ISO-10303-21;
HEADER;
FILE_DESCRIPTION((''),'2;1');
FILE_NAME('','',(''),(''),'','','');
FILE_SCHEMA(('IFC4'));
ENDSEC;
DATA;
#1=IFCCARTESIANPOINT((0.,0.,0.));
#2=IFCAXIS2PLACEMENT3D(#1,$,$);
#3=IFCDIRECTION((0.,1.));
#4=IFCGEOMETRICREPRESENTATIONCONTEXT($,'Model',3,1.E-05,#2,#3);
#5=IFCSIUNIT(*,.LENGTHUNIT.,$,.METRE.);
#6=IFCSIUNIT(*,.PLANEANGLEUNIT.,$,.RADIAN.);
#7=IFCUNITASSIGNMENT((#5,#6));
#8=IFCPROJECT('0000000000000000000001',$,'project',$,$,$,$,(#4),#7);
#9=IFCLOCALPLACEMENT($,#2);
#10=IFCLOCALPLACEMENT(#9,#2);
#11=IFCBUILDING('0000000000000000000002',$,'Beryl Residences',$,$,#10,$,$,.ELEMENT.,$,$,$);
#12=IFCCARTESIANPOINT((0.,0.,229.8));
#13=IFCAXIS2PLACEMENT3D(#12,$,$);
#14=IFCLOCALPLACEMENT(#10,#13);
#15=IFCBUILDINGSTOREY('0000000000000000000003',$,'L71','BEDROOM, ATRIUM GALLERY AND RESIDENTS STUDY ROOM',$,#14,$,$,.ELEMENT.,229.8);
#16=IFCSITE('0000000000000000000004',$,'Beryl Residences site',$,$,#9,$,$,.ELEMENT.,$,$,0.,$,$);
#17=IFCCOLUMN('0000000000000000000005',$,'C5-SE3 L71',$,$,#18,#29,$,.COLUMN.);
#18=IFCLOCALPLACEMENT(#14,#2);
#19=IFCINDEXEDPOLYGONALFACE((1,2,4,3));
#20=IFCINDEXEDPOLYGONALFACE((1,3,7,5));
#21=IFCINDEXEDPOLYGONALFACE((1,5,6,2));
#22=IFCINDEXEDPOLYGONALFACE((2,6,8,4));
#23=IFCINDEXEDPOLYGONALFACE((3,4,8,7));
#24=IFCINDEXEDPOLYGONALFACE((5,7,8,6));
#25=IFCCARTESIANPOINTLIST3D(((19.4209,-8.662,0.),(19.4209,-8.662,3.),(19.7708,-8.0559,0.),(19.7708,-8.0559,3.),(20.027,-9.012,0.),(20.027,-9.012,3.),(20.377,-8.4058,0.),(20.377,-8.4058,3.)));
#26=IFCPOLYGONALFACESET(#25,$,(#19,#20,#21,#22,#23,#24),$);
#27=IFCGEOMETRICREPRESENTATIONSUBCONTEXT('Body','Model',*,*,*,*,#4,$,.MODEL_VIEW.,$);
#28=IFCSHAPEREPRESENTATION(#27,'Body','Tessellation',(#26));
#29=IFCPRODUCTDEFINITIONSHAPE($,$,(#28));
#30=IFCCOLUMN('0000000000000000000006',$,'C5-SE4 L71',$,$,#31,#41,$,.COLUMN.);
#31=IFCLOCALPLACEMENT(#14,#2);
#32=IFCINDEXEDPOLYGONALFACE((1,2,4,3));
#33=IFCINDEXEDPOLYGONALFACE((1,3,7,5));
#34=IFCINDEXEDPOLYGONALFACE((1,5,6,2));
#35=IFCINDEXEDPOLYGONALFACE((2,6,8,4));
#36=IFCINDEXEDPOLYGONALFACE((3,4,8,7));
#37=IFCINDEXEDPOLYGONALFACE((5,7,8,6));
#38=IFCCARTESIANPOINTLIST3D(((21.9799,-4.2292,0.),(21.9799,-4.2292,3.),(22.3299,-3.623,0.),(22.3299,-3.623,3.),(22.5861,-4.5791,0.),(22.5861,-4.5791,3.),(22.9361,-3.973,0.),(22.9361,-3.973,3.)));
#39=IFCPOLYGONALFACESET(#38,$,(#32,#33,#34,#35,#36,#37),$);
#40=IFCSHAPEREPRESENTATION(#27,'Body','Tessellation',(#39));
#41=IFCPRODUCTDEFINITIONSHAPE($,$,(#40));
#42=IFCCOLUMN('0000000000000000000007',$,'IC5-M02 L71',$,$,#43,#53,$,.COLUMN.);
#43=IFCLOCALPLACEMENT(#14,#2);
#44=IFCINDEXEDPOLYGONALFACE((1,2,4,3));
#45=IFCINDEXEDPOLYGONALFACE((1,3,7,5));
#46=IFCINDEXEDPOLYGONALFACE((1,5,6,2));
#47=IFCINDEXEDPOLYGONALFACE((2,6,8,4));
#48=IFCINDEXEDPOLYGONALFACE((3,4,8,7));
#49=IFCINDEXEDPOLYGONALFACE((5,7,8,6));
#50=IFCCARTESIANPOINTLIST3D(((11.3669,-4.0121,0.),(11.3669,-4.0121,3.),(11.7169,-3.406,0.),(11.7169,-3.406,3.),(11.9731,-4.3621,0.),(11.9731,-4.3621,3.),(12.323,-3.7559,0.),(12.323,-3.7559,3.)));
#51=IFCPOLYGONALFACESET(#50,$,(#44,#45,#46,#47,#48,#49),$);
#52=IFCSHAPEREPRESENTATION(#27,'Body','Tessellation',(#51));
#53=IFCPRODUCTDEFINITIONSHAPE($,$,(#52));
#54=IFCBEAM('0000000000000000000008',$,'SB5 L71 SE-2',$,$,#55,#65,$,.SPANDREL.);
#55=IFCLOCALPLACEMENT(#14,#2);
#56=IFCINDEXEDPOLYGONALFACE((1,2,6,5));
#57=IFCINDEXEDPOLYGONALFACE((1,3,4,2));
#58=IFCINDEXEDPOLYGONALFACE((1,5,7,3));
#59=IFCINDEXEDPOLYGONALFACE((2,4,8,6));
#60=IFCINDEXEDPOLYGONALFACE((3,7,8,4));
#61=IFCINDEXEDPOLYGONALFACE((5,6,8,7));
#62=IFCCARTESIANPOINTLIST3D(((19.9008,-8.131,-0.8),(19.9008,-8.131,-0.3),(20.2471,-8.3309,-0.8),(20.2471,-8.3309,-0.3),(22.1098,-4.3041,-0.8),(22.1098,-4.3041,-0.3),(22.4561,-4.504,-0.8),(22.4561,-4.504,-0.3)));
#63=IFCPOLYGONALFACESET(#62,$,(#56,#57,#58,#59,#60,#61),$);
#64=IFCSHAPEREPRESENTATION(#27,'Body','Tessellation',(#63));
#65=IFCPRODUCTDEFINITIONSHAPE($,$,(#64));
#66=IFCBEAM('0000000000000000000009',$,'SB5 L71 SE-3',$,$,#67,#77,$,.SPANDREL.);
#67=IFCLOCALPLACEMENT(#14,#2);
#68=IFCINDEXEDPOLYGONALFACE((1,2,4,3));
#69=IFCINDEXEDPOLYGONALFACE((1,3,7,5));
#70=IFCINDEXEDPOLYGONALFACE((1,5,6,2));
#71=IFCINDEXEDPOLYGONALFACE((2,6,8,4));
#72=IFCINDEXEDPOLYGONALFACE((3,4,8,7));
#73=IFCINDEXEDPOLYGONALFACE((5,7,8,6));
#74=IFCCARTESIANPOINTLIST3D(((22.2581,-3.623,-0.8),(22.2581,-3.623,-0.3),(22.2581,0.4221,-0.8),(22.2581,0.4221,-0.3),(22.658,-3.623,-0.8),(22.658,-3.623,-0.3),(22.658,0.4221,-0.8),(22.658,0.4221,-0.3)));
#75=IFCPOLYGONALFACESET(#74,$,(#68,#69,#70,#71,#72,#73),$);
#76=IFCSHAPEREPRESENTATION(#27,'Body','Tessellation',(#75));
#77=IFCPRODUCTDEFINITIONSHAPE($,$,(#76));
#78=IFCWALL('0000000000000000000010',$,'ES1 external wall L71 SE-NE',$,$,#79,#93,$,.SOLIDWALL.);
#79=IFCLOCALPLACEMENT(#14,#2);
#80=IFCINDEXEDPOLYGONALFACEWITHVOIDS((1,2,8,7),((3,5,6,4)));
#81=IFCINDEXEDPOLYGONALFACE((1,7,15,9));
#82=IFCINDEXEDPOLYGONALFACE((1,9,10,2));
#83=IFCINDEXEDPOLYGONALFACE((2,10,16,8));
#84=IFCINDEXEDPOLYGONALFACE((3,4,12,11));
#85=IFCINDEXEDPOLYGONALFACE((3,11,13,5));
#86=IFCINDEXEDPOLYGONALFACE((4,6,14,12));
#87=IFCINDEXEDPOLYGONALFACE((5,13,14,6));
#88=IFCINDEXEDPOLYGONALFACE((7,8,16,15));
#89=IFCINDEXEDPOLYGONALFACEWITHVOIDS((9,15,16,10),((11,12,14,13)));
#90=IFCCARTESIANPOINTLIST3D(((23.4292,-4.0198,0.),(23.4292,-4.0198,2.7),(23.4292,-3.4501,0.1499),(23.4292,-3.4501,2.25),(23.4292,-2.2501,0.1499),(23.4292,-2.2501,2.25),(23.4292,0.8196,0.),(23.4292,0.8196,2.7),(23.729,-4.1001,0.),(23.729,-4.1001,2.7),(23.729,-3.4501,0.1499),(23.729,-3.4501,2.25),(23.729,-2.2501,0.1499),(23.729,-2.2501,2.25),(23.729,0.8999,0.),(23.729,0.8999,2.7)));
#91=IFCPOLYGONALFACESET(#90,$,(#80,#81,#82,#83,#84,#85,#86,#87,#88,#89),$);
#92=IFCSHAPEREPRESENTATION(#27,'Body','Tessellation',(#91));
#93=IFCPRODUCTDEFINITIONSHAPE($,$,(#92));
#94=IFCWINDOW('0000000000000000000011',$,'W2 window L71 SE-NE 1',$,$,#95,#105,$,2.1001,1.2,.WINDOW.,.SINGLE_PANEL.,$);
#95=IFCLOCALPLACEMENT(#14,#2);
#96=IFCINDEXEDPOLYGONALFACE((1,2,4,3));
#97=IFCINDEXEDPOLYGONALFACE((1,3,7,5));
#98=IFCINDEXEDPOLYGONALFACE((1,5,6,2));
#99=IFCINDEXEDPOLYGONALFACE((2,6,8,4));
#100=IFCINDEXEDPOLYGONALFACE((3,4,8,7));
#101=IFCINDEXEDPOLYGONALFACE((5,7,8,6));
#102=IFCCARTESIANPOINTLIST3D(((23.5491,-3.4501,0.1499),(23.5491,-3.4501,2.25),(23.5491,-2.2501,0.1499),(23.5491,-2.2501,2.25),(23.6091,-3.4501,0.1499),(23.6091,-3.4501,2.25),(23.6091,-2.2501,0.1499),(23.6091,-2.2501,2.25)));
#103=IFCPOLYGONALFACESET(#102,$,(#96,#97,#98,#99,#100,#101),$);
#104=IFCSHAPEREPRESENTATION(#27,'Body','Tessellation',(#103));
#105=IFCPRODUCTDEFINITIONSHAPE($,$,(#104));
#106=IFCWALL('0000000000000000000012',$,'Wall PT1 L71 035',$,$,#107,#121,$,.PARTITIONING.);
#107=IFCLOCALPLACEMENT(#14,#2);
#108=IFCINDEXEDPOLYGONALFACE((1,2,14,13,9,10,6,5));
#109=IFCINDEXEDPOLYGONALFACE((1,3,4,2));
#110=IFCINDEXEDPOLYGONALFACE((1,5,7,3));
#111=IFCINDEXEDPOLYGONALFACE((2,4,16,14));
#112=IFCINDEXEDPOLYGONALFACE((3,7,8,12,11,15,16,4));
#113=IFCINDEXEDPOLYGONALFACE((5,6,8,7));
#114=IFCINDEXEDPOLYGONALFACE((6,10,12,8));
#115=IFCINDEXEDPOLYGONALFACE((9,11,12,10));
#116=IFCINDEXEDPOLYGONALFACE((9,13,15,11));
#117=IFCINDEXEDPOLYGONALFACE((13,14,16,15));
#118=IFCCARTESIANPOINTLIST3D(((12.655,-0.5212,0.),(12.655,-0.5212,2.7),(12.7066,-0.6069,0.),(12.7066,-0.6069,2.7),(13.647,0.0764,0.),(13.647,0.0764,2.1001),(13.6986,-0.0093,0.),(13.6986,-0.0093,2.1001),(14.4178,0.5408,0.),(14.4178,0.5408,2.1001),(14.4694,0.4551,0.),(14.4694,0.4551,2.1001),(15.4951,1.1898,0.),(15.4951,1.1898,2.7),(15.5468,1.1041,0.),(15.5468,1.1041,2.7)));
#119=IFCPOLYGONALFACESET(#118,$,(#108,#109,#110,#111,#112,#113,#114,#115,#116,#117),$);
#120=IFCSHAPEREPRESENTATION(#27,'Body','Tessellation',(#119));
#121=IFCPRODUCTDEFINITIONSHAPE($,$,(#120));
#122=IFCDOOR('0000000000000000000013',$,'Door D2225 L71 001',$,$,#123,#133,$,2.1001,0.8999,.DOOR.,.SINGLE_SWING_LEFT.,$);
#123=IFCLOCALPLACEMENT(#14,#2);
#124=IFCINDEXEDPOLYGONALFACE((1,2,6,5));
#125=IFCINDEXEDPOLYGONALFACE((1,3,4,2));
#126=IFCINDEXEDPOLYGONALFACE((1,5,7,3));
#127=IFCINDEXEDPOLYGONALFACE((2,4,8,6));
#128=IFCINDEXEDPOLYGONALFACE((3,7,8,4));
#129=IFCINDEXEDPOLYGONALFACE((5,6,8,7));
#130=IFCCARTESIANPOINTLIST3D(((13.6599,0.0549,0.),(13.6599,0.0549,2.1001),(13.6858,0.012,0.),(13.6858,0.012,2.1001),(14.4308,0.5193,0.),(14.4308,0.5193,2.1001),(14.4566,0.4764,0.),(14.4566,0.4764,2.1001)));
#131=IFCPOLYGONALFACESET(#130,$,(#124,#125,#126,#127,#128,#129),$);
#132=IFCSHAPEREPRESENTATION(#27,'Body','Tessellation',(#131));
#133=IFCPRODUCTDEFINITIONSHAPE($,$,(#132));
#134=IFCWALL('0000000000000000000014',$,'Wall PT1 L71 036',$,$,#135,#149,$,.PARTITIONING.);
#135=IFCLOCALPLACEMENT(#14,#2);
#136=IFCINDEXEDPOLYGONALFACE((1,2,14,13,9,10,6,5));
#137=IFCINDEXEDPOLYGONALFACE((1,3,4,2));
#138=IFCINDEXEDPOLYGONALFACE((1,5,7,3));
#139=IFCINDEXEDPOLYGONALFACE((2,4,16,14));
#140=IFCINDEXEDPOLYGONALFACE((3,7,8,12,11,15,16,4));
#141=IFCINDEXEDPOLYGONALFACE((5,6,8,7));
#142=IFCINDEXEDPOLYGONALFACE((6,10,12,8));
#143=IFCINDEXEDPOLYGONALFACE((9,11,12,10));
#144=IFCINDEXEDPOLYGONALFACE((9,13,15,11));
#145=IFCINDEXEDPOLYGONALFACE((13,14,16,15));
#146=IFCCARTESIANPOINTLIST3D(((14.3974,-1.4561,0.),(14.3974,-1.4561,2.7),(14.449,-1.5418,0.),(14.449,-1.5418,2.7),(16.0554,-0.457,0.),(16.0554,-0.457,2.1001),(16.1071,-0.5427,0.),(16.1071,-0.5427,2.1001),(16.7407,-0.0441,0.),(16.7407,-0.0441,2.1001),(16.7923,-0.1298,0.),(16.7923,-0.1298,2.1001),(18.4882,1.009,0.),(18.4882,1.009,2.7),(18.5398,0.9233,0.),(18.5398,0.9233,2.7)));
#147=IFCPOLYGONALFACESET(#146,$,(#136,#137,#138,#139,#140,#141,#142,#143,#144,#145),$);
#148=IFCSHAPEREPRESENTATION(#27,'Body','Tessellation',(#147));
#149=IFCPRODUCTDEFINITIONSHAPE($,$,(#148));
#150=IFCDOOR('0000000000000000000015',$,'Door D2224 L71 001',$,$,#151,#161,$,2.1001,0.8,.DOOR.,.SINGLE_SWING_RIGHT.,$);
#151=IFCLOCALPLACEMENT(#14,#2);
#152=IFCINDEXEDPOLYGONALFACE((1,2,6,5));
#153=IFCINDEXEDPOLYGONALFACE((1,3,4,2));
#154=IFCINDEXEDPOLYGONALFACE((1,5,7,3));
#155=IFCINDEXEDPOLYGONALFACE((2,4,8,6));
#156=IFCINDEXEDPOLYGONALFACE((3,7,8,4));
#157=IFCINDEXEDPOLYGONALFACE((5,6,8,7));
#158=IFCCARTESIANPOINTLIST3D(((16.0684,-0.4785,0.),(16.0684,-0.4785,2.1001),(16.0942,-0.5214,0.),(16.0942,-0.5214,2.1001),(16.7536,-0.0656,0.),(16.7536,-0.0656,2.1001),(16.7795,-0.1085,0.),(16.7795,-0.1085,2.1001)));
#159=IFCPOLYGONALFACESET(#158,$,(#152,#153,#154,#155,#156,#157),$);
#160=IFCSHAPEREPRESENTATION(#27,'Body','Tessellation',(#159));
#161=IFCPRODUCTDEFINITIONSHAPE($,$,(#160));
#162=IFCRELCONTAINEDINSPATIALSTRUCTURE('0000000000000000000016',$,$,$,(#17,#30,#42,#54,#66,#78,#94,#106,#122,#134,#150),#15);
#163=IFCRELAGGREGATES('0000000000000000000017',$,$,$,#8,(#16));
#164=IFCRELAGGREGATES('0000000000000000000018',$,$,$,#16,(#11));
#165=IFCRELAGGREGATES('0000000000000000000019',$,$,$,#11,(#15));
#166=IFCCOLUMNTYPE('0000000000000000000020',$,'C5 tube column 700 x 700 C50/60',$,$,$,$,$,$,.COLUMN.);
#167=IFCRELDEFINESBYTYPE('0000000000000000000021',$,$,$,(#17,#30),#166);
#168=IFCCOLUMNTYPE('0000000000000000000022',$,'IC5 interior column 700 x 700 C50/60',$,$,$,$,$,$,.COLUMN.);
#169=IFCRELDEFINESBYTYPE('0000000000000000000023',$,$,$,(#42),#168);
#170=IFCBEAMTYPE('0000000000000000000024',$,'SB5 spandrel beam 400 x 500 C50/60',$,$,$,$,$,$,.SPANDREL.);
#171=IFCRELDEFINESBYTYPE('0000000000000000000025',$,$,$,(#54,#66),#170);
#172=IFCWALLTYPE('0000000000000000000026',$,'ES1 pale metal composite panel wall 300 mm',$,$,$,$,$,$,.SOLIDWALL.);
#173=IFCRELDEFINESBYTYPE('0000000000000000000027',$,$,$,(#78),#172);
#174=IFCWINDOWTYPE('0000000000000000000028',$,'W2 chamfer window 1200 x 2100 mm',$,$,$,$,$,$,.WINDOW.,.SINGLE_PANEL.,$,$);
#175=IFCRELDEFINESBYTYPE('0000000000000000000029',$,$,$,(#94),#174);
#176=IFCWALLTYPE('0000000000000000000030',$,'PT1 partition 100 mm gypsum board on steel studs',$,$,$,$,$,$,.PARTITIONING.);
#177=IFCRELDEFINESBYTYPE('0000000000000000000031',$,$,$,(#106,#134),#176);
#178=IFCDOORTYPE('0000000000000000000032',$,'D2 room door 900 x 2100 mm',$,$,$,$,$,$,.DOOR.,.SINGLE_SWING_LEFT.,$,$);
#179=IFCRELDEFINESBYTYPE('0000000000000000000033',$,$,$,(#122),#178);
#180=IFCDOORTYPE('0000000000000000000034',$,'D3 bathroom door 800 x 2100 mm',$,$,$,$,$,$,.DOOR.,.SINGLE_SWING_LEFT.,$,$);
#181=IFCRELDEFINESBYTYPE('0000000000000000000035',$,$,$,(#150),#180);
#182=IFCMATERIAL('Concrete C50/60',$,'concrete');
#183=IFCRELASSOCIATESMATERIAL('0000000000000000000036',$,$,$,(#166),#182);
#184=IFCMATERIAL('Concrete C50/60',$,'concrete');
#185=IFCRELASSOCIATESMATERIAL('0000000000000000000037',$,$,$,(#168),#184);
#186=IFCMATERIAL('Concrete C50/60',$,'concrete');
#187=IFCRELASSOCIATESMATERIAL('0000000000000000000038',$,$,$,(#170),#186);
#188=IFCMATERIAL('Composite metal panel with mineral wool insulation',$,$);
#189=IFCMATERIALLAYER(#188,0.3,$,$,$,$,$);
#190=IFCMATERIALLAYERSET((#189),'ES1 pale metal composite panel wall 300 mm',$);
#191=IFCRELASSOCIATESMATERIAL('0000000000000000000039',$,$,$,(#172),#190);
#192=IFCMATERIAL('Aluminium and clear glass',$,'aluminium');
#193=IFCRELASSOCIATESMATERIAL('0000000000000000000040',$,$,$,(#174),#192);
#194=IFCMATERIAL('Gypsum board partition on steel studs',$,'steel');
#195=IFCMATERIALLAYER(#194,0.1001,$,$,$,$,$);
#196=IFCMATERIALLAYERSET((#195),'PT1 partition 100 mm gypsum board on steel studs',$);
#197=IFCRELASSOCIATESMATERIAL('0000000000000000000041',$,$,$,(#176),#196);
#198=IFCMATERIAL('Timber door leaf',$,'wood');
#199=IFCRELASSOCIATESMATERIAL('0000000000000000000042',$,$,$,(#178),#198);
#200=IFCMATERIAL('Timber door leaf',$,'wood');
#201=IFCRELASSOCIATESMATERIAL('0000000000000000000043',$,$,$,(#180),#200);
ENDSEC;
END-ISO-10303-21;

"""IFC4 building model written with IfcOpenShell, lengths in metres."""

from ifc_helpers import new_model, si_unit, direction, frame, frame_2d, origin, origin_2d, place, context, subcontext, project, spatial, polyline, rectangle, outline, extrude, material, layer, layer_set, material_profile, profile_set, type_object, element, fill, save


model = new_model("IFC4")

# Units and contexts
model_context = context("Model", 3, precision=1e-05, world=origin(), true_north=direction((0.0, 1.0)))
body_context = subcontext(model_context, "Body", "Model", "MODEL_VIEW")
ifc_project = project(units=[si_unit("LENGTHUNIT", "METRE"), si_unit("PLANEANGLEUNIT", "RADIAN")], contexts=[model_context])

# Site, building, storey
site_placement = place(None, origin())
site = spatial("IfcSite", under=ifc_project, at=site_placement, Name="Beryl Residences site", CompositionType="ELEMENT", RefElevation=0.0)
building_placement = place(site_placement, origin())
building = spatial("IfcBuilding", under=site, at=building_placement, Name="Beryl Residences", CompositionType="ELEMENT")
storey_placement = place(building_placement, frame((0.0, 0.0, 229.8)))
storey = spatial("IfcBuildingStorey", under=building, at=storey_placement, Name="L71", Description="BEDROOM, ATRIUM GALLERY AND RESIDENTS STUDY ROOM", CompositionType="ELEMENT", Elevation=229.8)

# Columns
ifc_material_1 = material(Name="Concrete C50/60", Category="concrete")
ifc_material_profile_1 = material_profile(ifc_material_1, rectangle(XDim=0.7, YDim=0.7, at=origin_2d()))
ifc_profile_set_1 = profile_set([ifc_material_profile_1], Name="Concrete C50/60")
column_type_1 = type_object("IfcColumnType", Name="C5 tube column 700 x 700 C50/60", PredefinedType="COLUMN", material=ifc_profile_set_1)
for number, where, z_axis, x_axis, name in (
    (1, (19.8989, -8.5339, 0.0), (0.0, 0.0, 1.0), (0.499985, 0.866034, 0.0), "C5-SE3 L71"),
    (2, (22.458, -4.1011, 0.0), (0.0, 0.0, 1.0), (0.499985, 0.866034, 0.0), "C5-SE4 L71"),
):
    element("IfcColumn", number, at=place(storey_placement, frame(where, z_axis=z_axis, x_axis=x_axis)), inside=storey, type_object=column_type_1, Name=name, PredefinedType="COLUMN", context=body_context, shape_type="SweptSolid", body=[
        extrude(rectangle(XDim=0.7, YDim=0.7, at=origin_2d()), origin(), (0.0, 0.0, 1.0), 3.0),
    ])
ifc_material_2 = material(Name="Concrete C50/60", Category="concrete")
ifc_material_profile_2 = material_profile(ifc_material_2, rectangle(XDim=0.7, YDim=0.7, at=origin_2d()))
ifc_profile_set_2 = profile_set([ifc_material_profile_2], Name="Concrete C50/60")
column_type_2 = type_object("IfcColumnType", Name="IC5 interior column 700 x 700 C50/60", PredefinedType="COLUMN", material=ifc_profile_set_2)
column_placement = place(storey_placement, frame((11.845, -3.884, 0.0), z_axis=(0.0, 0.0, 1.0), x_axis=(0.499985, 0.866034, 0.0)))
element("IfcColumn", 3, at=column_placement, inside=storey, type_object=column_type_2, Name="IC5-M02 L71", PredefinedType="COLUMN", context=body_context, shape_type="SweptSolid", body=[
    extrude(rectangle(XDim=0.7, YDim=0.7, at=origin_2d()), origin(), (0.0, 0.0, 1.0), 3.0),
])

# Beams
ifc_material_3 = material(Name="Concrete C50/60", Category="concrete")
ifc_material_profile_3 = material_profile(ifc_material_3, rectangle(XDim=0.3999, YDim=0.5, at=origin_2d()))
ifc_profile_set_3 = profile_set([ifc_material_profile_3], Name="Concrete C50/60")
beam_type = type_object("IfcBeamType", Name="SB5 spandrel beam 400 x 500 C50/60", PredefinedType="SPANDREL", material=ifc_profile_set_3)
beam_1_placement = place(storey_placement, frame((20.074, -8.231, -0.55), z_axis=(0.499919, 0.866072, 0.0), x_axis=(-0.866072, 0.499919, 0.0)))
element("IfcBeam", 4, at=beam_1_placement, inside=storey, type_object=beam_type, Name="SB5 L71 SE-2", PredefinedType="SPANDREL", context=body_context, shape_type="SweptSolid", body=[
    extrude(rectangle(XDim=0.3999, YDim=0.5, at=origin_2d()), origin(), (0.0, 0.0, 1.0), 4.4187),
])
beam_2_placement = place(storey_placement, frame((22.458, -3.623, -0.55), z_axis=(0.0, 1.0, 0.0), x_axis=(-1.0, 0.0, 0.0)))
element("IfcBeam", 5, at=beam_2_placement, inside=storey, type_object=beam_type, Name="SB5 L71 SE-3", PredefinedType="SPANDREL", context=body_context, shape_type="SweptSolid", body=[
    extrude(rectangle(XDim=0.3999, YDim=0.5, at=origin_2d()), origin(), (0.0, 0.0, 1.0), 4.0452),
])

# Wall, opening, window
ifc_material_4 = material(Name="Composite metal panel with mineral wool insulation")
ifc_layer_1 = layer(ifc_material_4, 0.3)
ifc_layer_set_1 = layer_set([ifc_layer_1], Name="ES1 pale metal composite panel wall 300 mm")
wall_type_1 = type_object("IfcWallType", Name="ES1 pale metal composite panel wall 300 mm", PredefinedType="SOLIDWALL", material=ifc_layer_set_1)
wall_1_placement = place(storey_placement, frame((23.5791, -4.1001, 0.0), z_axis=(0.0, 0.0, 1.0), x_axis=(0.0, 1.0, 0.0)))
wall_1 = element("IfcWall", 6, at=wall_1_placement, inside=storey, type_object=wall_type_1, Name="ES1 external wall L71 SE-NE", PredefinedType="SOLIDWALL", context=body_context, shape_type="SweptSolid", body=[
    extrude(outline(polyline([(0.0, -0.1499), (5.0, -0.1499), (4.9197, 0.1499), (0.0803, 0.1499), (0.0, -0.1499)])), origin(), (0.0, 0.0, 1.0), 2.7),
])
opening_1_placement = place(wall_1_placement, frame((0.6499, 0.0, 0.1499)))
opening_1 = element("IfcOpeningElement", 7, at=opening_1_placement, cuts=wall_1, PredefinedType="OPENING", context=body_context, shape_type="SweptSolid", body=[
    extrude(rectangle(XDim=1.2, YDim=2.1001, at=frame_2d((0.6001, 1.05))), frame((0.0, 0.1599, 0.0), z_axis=(0.0, -1.0, 0.0), x_axis=(1.0, 0.0, 0.0)), (0.0, 0.0, 1.0), 0.3201),
])
ifc_material_5 = material(Name="Aluminium and clear glass", Category="aluminium")
window_type = type_object("IfcWindowType", Name="W2 chamfer window 1200 x 2100 mm", PartitioningType="SINGLE_PANEL", PredefinedType="WINDOW", material=ifc_material_5)
window_placement = place(opening_1_placement, origin())
window = element("IfcWindow", 8, at=window_placement, inside=storey, type_object=window_type, Name="W2 window L71 SE-NE 1", OverallHeight=2.1001, OverallWidth=1.2, PartitioningType="SINGLE_PANEL", PredefinedType="WINDOW", context=body_context, shape_type="SweptSolid", body=[
    extrude(rectangle(XDim=1.2, YDim=2.1001, at=frame_2d((0.6001, 1.05))), frame((0.0, 0.03, 0.0), z_axis=(0.0, -1.0, 0.0), x_axis=(1.0, 0.0, 0.0)), (0.0, 0.0, 1.0), 0.0601),
])
fill(opening_1, window)

# Walls, openings, doors
ifc_material_6 = material(Name="Gypsum board partition on steel studs", Category="steel")
ifc_layer_2 = layer(ifc_material_6, 0.1001)
ifc_layer_set_2 = layer_set([ifc_layer_2], Name="PT1 partition 100 mm gypsum board on steel studs")
wall_type_2 = type_object("IfcWallType", Name="PT1 partition 100 mm gypsum board on steel studs", PredefinedType="PARTITIONING", material=ifc_layer_set_2)
wall_2_placement = place(storey_placement, frame((12.6809, -0.564, 0.0), z_axis=(0.0, 0.0, 1.0), x_axis=(0.856575, 0.516022, 0.0)))
wall_2 = element("IfcWall", 9, at=wall_2_placement, inside=storey, type_object=wall_type_2, Name="Wall PT1 L71 035", PredefinedType="PARTITIONING", context=body_context, shape_type="SweptSolid", body=[
    extrude(rectangle(XDim=3.3157, YDim=0.1001, at=frame_2d((1.6577, 0.0))), origin(), (0.0, 0.0, 1.0), 2.7),
])
opening_2_placement = place(wall_2_placement, frame((1.158, 0.0, 0.0)))
opening_2 = element("IfcOpeningElement", 10, at=opening_2_placement, cuts=wall_2, PredefinedType="OPENING", context=body_context, shape_type="SweptSolid", body=[
    extrude(rectangle(XDim=0.8999, YDim=2.1001, at=frame_2d((0.45, 1.05))), frame((0.0, 0.0601, 0.0), z_axis=(0.0, -1.0, 0.0), x_axis=(1.0, 0.0, 0.0)), (0.0, 0.0, 1.0), 0.1201),
])
ifc_material_7 = material(Name="Timber door leaf", Category="wood")
door_type_1 = type_object("IfcDoorType", Name="D2 room door 900 x 2100 mm", OperationType="SINGLE_SWING_LEFT", PredefinedType="DOOR", material=ifc_material_7)
door_1_placement = place(opening_2_placement, origin())
door_1 = element("IfcDoor", 11, at=door_1_placement, inside=storey, type_object=door_type_1, Name="Door D2225 L71 001", OperationType="SINGLE_SWING_LEFT", OverallHeight=2.1001, OverallWidth=0.8999, PredefinedType="DOOR", context=body_context, shape_type="SweptSolid", body=[
    extrude(rectangle(XDim=0.8999, YDim=2.1001, at=frame_2d((0.45, 1.05))), frame((0.0, 0.0249, 0.0), z_axis=(0.0, -1.0, 0.0), x_axis=(1.0, 0.0, 0.0)), (0.0, 0.0, 1.0), 0.05),
])
fill(opening_2, door_1)
wall_3_placement = place(storey_placement, frame((14.4231, -1.499, 0.0), z_axis=(0.0, 0.0, 1.0), x_axis=(0.856513, 0.516126, 0.0)))
wall_3 = element("IfcWall", 12, at=wall_3_placement, inside=storey, type_object=wall_type_2, Name="Wall PT1 L71 036", PredefinedType="PARTITIONING", context=body_context, shape_type="SweptSolid", body=[
    extrude(rectangle(XDim=4.7761, YDim=0.1001, at=frame_2d((2.3882, 0.0))), origin(), (0.0, 0.0, 1.0), 2.7),
])
opening_3_placement = place(wall_3_placement, frame((1.936, 0.0, 0.0)))
opening_3 = element("IfcOpeningElement", 13, at=opening_3_placement, cuts=wall_3, PredefinedType="OPENING", context=body_context, shape_type="SweptSolid", body=[
    extrude(rectangle(XDim=0.8, YDim=2.1001, at=frame_2d((0.3999, 1.05))), frame((0.0, 0.0601, 0.0), z_axis=(0.0, -1.0, 0.0), x_axis=(1.0, 0.0, 0.0)), (0.0, 0.0, 1.0), 0.1201),
])
ifc_material_8 = material(Name="Timber door leaf", Category="wood")
door_type_2 = type_object("IfcDoorType", Name="D3 bathroom door 800 x 2100 mm", OperationType="SINGLE_SWING_LEFT", PredefinedType="DOOR", material=ifc_material_8)
door_2_placement = place(opening_3_placement, origin())
door_2 = element("IfcDoor", 14, at=door_2_placement, inside=storey, type_object=door_type_2, Name="Door D2224 L71 001", OperationType="SINGLE_SWING_RIGHT", OverallHeight=2.1001, OverallWidth=0.8, PredefinedType="DOOR", context=body_context, shape_type="SweptSolid", body=[
    extrude(rectangle(XDim=0.8, YDim=2.1001, at=frame_2d((0.3999, 1.05))), frame((0.0, 0.0249, 0.0), z_axis=(0.0, -1.0, 0.0), x_axis=(1.0, 0.0, 0.0)), (0.0, 0.0, 1.0), 0.05),
])
fill(opening_3, door_2)

save(model, "model.ifc")
